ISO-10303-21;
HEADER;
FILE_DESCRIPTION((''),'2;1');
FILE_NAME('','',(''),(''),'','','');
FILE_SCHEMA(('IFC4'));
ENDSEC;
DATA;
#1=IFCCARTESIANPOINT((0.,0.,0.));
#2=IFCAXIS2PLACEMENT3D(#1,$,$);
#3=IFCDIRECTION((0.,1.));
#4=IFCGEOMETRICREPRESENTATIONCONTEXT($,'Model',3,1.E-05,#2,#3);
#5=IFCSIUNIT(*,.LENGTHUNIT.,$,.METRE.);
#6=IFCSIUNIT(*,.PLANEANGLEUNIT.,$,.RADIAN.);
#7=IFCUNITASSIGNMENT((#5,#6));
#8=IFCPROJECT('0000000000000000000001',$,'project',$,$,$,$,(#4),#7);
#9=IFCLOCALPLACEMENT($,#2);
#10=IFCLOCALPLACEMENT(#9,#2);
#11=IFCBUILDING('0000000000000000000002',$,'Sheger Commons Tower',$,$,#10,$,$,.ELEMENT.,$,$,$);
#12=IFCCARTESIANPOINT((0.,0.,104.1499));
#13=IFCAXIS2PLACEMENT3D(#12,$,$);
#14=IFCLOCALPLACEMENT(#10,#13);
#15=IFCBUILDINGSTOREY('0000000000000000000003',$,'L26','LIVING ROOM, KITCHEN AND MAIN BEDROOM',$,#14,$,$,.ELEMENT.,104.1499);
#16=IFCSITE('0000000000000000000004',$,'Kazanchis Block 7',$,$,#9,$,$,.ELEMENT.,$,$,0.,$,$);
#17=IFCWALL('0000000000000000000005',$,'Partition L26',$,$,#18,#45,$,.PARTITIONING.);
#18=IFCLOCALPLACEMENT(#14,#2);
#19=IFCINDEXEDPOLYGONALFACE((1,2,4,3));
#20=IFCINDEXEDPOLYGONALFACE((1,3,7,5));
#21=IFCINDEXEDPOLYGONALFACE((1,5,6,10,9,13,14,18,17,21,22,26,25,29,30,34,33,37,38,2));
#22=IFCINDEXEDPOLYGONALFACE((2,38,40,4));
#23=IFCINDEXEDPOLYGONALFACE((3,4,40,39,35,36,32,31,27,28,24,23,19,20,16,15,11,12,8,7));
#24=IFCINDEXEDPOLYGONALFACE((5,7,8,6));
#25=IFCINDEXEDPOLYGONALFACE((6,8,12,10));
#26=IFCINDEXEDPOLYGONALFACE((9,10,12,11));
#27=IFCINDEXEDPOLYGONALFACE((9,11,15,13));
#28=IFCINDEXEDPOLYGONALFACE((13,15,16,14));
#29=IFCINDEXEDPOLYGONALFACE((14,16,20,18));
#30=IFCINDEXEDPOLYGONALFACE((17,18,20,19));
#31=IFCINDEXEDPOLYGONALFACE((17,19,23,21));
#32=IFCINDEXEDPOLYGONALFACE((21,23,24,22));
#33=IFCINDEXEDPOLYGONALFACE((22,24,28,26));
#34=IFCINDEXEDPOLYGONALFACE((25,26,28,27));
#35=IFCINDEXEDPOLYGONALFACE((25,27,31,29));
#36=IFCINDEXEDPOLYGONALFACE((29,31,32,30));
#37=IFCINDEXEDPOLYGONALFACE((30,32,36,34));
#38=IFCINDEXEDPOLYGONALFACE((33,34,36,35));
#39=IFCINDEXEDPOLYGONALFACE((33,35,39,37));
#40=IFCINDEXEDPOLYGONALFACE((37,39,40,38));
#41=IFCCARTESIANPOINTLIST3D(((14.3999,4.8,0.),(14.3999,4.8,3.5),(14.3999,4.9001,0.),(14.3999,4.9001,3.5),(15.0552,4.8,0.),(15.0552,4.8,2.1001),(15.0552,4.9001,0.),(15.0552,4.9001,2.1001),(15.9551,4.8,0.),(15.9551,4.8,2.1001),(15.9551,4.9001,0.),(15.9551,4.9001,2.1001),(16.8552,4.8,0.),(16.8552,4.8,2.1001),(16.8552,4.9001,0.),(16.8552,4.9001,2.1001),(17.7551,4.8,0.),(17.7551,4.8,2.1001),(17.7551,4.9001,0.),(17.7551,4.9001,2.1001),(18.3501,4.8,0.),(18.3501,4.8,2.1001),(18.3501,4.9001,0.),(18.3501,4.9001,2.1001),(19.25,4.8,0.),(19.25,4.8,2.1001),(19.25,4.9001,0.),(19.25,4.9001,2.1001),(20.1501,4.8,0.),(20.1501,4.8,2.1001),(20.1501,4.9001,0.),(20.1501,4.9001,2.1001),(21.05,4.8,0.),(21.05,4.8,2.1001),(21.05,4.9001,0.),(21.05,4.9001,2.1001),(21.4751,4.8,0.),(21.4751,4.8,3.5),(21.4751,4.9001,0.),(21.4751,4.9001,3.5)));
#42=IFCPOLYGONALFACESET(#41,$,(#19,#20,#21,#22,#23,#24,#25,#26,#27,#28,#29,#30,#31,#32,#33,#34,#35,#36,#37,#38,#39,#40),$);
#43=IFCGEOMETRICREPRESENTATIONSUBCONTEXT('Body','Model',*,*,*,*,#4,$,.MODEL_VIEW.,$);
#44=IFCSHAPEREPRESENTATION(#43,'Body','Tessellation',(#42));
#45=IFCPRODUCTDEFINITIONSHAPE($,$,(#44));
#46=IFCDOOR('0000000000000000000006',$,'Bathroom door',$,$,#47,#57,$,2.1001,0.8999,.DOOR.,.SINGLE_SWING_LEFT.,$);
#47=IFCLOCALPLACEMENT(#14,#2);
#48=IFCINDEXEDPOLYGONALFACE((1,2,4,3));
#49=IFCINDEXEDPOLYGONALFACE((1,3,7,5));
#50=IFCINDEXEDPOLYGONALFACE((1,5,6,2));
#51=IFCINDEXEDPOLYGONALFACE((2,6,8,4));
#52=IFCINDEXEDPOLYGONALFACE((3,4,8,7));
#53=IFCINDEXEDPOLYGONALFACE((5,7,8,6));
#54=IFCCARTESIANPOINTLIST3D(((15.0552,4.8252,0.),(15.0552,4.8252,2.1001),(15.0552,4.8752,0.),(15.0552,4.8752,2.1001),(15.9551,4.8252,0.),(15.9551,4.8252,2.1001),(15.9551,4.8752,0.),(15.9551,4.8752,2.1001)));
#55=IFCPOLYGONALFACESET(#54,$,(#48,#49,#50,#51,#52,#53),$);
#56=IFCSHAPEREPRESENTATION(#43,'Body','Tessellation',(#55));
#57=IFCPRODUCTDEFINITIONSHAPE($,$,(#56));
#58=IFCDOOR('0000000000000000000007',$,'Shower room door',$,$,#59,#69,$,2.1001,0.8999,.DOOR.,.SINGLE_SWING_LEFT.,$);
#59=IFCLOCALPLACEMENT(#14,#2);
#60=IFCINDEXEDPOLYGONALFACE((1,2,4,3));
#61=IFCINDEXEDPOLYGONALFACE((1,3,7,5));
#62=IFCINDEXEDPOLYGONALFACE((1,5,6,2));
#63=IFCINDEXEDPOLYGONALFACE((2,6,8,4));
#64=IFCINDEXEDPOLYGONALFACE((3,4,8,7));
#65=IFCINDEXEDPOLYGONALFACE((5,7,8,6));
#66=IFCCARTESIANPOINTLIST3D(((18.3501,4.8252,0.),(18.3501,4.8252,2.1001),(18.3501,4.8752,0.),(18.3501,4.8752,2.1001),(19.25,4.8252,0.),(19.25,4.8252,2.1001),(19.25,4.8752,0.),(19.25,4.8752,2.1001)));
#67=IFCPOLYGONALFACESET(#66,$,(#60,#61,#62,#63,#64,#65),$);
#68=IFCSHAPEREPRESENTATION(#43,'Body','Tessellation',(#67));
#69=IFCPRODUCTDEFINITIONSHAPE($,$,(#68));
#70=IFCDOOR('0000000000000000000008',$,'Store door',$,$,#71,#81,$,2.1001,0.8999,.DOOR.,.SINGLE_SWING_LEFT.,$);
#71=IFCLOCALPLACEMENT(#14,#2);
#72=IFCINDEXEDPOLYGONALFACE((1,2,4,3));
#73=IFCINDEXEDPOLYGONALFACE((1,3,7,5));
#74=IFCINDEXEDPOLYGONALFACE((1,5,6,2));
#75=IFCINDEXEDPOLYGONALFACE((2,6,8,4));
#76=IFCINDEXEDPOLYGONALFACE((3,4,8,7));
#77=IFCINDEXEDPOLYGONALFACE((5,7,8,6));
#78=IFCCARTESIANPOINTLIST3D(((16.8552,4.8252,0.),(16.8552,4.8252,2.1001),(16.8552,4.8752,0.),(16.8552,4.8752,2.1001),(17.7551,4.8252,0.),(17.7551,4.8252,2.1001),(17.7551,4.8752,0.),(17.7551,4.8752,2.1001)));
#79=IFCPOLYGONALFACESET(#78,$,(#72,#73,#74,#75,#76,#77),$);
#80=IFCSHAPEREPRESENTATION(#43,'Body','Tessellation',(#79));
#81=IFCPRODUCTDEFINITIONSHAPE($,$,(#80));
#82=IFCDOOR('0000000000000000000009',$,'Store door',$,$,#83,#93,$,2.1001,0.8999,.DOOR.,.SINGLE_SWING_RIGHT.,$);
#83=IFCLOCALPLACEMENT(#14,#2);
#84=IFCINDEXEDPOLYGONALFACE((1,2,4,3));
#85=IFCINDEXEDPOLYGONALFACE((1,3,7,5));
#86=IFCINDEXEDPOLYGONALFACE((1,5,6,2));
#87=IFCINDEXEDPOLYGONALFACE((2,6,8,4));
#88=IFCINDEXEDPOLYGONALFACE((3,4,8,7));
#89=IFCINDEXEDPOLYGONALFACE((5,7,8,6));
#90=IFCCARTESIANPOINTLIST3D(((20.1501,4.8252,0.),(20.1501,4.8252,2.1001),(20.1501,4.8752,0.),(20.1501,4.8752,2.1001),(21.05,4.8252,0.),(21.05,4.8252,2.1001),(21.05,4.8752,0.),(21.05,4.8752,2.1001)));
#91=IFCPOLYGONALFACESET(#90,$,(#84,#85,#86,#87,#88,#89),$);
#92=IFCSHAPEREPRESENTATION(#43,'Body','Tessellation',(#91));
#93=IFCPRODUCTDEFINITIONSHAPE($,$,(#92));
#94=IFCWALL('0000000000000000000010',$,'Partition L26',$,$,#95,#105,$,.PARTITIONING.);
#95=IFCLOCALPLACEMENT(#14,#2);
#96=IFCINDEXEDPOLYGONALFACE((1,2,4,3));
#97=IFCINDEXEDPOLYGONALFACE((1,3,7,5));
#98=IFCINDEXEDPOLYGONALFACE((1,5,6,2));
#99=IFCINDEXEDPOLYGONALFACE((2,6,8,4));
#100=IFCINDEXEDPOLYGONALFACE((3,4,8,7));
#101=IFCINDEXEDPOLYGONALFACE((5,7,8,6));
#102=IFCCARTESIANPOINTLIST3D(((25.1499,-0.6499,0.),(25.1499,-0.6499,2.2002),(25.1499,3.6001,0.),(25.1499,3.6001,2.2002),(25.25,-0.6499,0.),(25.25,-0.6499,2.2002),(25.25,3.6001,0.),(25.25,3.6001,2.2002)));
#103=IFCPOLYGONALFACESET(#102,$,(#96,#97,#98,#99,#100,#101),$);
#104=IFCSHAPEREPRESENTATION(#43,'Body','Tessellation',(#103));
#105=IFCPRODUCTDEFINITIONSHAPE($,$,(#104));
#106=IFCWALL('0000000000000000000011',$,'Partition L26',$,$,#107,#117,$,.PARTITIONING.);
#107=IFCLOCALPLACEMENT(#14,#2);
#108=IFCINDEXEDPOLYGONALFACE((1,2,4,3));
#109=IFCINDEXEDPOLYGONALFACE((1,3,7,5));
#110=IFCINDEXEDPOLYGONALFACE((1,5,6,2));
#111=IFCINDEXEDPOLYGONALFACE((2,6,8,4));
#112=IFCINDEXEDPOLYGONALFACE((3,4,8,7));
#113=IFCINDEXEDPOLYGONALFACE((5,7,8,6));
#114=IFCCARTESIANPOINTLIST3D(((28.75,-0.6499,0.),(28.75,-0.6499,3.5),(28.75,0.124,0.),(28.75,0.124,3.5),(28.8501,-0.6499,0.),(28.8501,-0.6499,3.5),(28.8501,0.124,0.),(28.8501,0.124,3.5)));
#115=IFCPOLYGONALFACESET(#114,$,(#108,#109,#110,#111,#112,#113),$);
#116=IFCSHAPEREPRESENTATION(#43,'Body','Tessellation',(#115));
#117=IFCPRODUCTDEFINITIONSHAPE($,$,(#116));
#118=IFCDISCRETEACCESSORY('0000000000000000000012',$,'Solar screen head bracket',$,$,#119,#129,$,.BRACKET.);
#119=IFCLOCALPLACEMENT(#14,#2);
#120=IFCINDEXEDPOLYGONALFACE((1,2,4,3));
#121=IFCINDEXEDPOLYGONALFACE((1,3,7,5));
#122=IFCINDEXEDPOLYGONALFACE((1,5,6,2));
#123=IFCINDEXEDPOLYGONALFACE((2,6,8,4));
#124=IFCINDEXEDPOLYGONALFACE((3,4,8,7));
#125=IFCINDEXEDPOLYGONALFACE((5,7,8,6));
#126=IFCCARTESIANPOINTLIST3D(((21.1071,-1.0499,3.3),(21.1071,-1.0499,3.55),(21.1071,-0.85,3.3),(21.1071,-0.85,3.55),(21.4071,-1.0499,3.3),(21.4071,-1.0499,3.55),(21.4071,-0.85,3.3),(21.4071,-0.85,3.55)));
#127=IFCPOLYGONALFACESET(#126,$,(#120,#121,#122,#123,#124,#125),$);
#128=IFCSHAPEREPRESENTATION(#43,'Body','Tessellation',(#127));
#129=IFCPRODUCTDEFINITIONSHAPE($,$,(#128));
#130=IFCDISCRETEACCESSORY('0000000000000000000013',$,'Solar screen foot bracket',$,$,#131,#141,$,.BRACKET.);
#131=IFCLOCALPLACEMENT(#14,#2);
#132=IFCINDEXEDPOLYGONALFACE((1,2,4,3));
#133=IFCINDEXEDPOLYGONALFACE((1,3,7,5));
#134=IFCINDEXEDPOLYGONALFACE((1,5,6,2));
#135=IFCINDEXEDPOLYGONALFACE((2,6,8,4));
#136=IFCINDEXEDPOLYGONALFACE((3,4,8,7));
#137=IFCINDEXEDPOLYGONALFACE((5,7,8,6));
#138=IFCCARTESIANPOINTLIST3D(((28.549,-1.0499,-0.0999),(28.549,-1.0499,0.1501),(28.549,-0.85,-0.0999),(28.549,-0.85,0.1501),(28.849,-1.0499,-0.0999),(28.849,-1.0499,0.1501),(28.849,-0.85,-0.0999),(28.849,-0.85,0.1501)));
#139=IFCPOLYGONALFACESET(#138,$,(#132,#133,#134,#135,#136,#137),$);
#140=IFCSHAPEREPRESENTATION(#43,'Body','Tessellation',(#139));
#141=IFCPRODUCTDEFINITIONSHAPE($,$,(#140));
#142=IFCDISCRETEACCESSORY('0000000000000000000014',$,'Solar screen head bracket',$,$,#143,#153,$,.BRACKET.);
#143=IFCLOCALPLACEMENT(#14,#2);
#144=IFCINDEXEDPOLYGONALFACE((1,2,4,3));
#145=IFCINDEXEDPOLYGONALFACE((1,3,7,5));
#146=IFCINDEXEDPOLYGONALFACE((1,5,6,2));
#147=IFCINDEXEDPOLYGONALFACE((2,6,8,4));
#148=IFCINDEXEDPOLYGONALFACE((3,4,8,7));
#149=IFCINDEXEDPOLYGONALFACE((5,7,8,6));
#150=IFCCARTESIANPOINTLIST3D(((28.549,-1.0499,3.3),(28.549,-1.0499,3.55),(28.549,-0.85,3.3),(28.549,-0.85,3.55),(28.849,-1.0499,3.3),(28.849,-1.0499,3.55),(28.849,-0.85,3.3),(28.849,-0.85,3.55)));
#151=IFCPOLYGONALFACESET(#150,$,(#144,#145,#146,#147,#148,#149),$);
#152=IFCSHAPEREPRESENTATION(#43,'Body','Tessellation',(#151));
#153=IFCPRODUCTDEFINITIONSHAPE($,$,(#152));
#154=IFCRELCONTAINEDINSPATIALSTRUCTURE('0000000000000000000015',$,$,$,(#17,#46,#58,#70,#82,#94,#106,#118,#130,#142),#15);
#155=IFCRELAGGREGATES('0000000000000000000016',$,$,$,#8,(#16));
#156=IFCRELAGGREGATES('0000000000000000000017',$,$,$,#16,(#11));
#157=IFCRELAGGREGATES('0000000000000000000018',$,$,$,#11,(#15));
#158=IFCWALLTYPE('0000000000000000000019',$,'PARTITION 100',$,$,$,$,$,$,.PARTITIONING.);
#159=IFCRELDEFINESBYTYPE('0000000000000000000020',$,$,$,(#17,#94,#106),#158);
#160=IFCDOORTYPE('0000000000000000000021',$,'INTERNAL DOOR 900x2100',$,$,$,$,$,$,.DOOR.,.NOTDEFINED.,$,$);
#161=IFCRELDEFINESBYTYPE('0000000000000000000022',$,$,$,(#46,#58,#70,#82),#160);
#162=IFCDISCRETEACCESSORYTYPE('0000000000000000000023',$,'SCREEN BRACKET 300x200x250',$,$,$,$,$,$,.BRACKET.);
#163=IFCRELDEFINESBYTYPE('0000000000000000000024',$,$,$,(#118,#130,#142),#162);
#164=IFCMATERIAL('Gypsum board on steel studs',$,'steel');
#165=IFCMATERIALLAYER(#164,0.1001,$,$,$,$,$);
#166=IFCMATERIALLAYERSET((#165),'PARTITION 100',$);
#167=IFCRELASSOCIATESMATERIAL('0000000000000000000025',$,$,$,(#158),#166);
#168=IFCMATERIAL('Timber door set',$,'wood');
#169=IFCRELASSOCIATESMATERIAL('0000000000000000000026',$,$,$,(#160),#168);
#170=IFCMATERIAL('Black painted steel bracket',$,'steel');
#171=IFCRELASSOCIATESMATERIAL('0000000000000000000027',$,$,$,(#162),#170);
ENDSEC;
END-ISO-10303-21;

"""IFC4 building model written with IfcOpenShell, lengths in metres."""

from ifc_helpers import new_model, si_unit, direction, frame, frame_2d, origin, origin_2d, place, context, subcontext, project, spatial, rectangle, extrude, material, layer, layer_set, type_object, element, fill, save


model = new_model("IFC4")

# Units and contexts
model_context = context("Model", 3, precision=1e-05, world=origin(), true_north=direction((0.0, 1.0)))
body_context = subcontext(model_context, "Body", "Model", "MODEL_VIEW")
ifc_project = project(units=[si_unit("LENGTHUNIT", "METRE"), si_unit("PLANEANGLEUNIT", "RADIAN")], contexts=[model_context])

# Site, building, storey
site_placement = place(None, origin())
site = spatial("IfcSite", under=ifc_project, at=site_placement, Name="Kazanchis Block 7", CompositionType="ELEMENT", RefElevation=0.0)
building_placement = place(site_placement, origin())
building = spatial("IfcBuilding", under=site, at=building_placement, Name="Sheger Commons Tower", CompositionType="ELEMENT")
storey_placement = place(building_placement, frame((0.0, 0.0, 104.1499)))
storey = spatial("IfcBuildingStorey", under=building, at=storey_placement, Name="L26", Description="LIVING ROOM, KITCHEN AND MAIN BEDROOM", CompositionType="ELEMENT", Elevation=104.1499)

# Wall, openings, doors
ifc_material_1 = material(Name="Gypsum board on steel studs", Category="steel")
ifc_layer_1 = layer(ifc_material_1, 0.1001)
ifc_layer_set_1 = layer_set([ifc_layer_1], Name="PARTITION 100")
wall_type_1 = type_object("IfcWallType", Name="PARTITION 100", PredefinedType="PARTITIONING", material=ifc_layer_set_1)
ifc_material_2 = material(Name="Timber door set", Category="wood")
door_type = type_object("IfcDoorType", Name="INTERNAL DOOR 900x2100", OperationType="NOTDEFINED", PredefinedType="DOOR", material=ifc_material_2)
wall_1_placement = place(storey_placement, frame((21.4751, 4.8501, 0.0), z_axis=(0.0, 0.0, 1.0), x_axis=(-1.0, 0.0, 0.0)))
wall_1 = element("IfcWall", 1, at=wall_1_placement, inside=storey, type_object=wall_type_1, Name="Partition L26", PredefinedType="PARTITIONING", context=body_context, shape_type="SweptSolid", body=[
    extrude(rectangle(XDim=7.0752, YDim=0.1001, at=frame_2d((3.5376, 0.0))), origin(), (0.0, 0.0, 1.0), 3.5),
])
opening_1_placement = place(wall_1_placement, frame((5.52, 0.0, 0.0)))
opening_1 = element("IfcOpeningElement", 2, at=opening_1_placement, cuts=wall_1, PredefinedType="OPENING", context=body_context, shape_type="SweptSolid", body=[
    extrude(rectangle(XDim=0.8999, YDim=2.1001, at=frame_2d((0.45, 1.05))), frame((0.0, 0.0601, 0.0), z_axis=(0.0, -1.0, 0.0), x_axis=(1.0, 0.0, 0.0)), (0.0, 0.0, 1.0), 0.1201),
])
opening_2_placement = place(wall_1_placement, frame((2.2251, 0.0, 0.0)))
opening_2 = element("IfcOpeningElement", 3, at=opening_2_placement, cuts=wall_1, PredefinedType="OPENING", context=body_context, shape_type="SweptSolid", body=[
    extrude(rectangle(XDim=0.8999, YDim=2.1001, at=frame_2d((0.45, 1.05))), frame((0.0, 0.0601, 0.0), z_axis=(0.0, -1.0, 0.0), x_axis=(1.0, 0.0, 0.0)), (0.0, 0.0, 1.0), 0.1201),
])
opening_3_placement = place(wall_1_placement, frame((3.72, 0.0, 0.0)))
opening_3 = element("IfcOpeningElement", 4, at=opening_3_placement, cuts=wall_1, PredefinedType="OPENING", context=body_context, shape_type="SweptSolid", body=[
    extrude(rectangle(XDim=0.8999, YDim=2.1001, at=frame_2d((0.45, 1.05))), frame((0.0, 0.0601, 0.0), z_axis=(0.0, -1.0, 0.0), x_axis=(1.0, 0.0, 0.0)), (0.0, 0.0, 1.0), 0.1201),
])
opening_4_placement = place(wall_1_placement, frame((0.425, 0.0, 0.0)))
opening_4 = element("IfcOpeningElement", 5, at=opening_4_placement, cuts=wall_1, PredefinedType="OPENING", context=body_context, shape_type="SweptSolid", body=[
    extrude(rectangle(XDim=0.8999, YDim=2.1001, at=frame_2d((0.45, 1.05))), frame((0.0, 0.0601, 0.0), z_axis=(0.0, -1.0, 0.0), x_axis=(1.0, 0.0, 0.0)), (0.0, 0.0, 1.0), 0.1201),
])
door_1_placement = place(opening_1_placement, origin())
door_1 = element("IfcDoor", 6, at=door_1_placement, inside=storey, type_object=door_type, Name="Bathroom door", OperationType="SINGLE_SWING_LEFT", OverallHeight=2.1001, OverallWidth=0.8999, PredefinedType="DOOR", context=body_context, shape_type="SweptSolid", body=[
    extrude(rectangle(XDim=0.8999, YDim=2.1001, at=frame_2d((0.45, 1.05))), frame((0.0, 0.0249, 0.0), z_axis=(0.0, -1.0, 0.0), x_axis=(1.0, 0.0, 0.0)), (0.0, 0.0, 1.0), 0.05),
])
fill(opening_1, door_1)
door_2_placement = place(opening_2_placement, origin())
door_2 = element("IfcDoor", 7, at=door_2_placement, inside=storey, type_object=door_type, Name="Shower room door", OperationType="SINGLE_SWING_LEFT", OverallHeight=2.1001, OverallWidth=0.8999, PredefinedType="DOOR", context=body_context, shape_type="SweptSolid", body=[
    extrude(rectangle(XDim=0.8999, YDim=2.1001, at=frame_2d((0.45, 1.05))), frame((0.0, 0.0249, 0.0), z_axis=(0.0, -1.0, 0.0), x_axis=(1.0, 0.0, 0.0)), (0.0, 0.0, 1.0), 0.05),
])
fill(opening_2, door_2)
door_3_placement = place(opening_3_placement, origin())
door_3 = element("IfcDoor", 8, at=door_3_placement, inside=storey, type_object=door_type, Name="Store door", OperationType="SINGLE_SWING_LEFT", OverallHeight=2.1001, OverallWidth=0.8999, PredefinedType="DOOR", context=body_context, shape_type="SweptSolid", body=[
    extrude(rectangle(XDim=0.8999, YDim=2.1001, at=frame_2d((0.45, 1.05))), frame((0.0, 0.0249, 0.0), z_axis=(0.0, -1.0, 0.0), x_axis=(1.0, 0.0, 0.0)), (0.0, 0.0, 1.0), 0.05),
])
fill(opening_3, door_3)
door_4_placement = place(opening_4_placement, origin())
door_4 = element("IfcDoor", 9, at=door_4_placement, inside=storey, type_object=door_type, Name="Store door", OperationType="SINGLE_SWING_RIGHT", OverallHeight=2.1001, OverallWidth=0.8999, PredefinedType="DOOR", context=body_context, shape_type="SweptSolid", body=[
    extrude(rectangle(XDim=0.8999, YDim=2.1001, at=frame_2d((0.45, 1.05))), frame((0.0, 0.0249, 0.0), z_axis=(0.0, -1.0, 0.0), x_axis=(1.0, 0.0, 0.0)), (0.0, 0.0, 1.0), 0.05),
])
fill(opening_4, door_4)

# Walls
wall_2_placement = place(storey_placement, frame((25.2, -0.6499, 0.0), z_axis=(0.0, 0.0, 1.0), x_axis=(0.0, 1.0, 0.0)))
element("IfcWall", 10, at=wall_2_placement, inside=storey, type_object=wall_type_1, Name="Partition L26", PredefinedType="PARTITIONING", context=body_context, shape_type="SweptSolid", body=[
    extrude(rectangle(XDim=4.25, YDim=0.1001, at=frame_2d((2.125, 0.0))), origin(), (0.0, 0.0, 1.0), 2.2002),
])
wall_3_placement = place(storey_placement, frame((28.8, -0.6499, 0.0), z_axis=(0.0, 0.0, 1.0), x_axis=(0.0, 1.0, 0.0)))
element("IfcWall", 11, at=wall_3_placement, inside=storey, type_object=wall_type_1, Name="Partition L26", PredefinedType="PARTITIONING", context=body_context, shape_type="SweptSolid", body=[
    extrude(rectangle(XDim=0.7739, YDim=0.1001, at=frame_2d((0.387, 0.0))), origin(), (0.0, 0.0, 1.0), 3.5),
])

# Discrete accessories
ifc_material_3 = material(Name="Black painted steel bracket", Category="steel")
discrete_accessory_type = type_object("IfcDiscreteAccessoryType", Name="SCREEN BRACKET 300x200x250", PredefinedType="BRACKET", material=ifc_material_3)
for number, where, z_axis, x_axis, name in (
    (12, (21.2571, -0.95, 3.3), (0.0, 0.0, 1.0), (1.0, 0.0, 0.0), "Solar screen head bracket"),
    (13, (28.699, -0.95, -0.0999), (0.0, 0.0, 1.0), (1.0, 0.0, 0.0), "Solar screen foot bracket"),
    (14, (28.699, -0.95, 3.3), (0.0, 0.0, 1.0), (1.0, 0.0, 0.0), "Solar screen head bracket"),
):
    element("IfcDiscreteAccessory", number, at=place(storey_placement, frame(where, z_axis=z_axis, x_axis=x_axis)), inside=storey, type_object=discrete_accessory_type, Name=name, PredefinedType="BRACKET", context=body_context, shape_type="SweptSolid", body=[
        extrude(rectangle(XDim=0.3, YDim=0.2, at=origin_2d()), origin(), (0.0, 0.0, 1.0), 0.25),
    ])

save(model, "model.ifc")
